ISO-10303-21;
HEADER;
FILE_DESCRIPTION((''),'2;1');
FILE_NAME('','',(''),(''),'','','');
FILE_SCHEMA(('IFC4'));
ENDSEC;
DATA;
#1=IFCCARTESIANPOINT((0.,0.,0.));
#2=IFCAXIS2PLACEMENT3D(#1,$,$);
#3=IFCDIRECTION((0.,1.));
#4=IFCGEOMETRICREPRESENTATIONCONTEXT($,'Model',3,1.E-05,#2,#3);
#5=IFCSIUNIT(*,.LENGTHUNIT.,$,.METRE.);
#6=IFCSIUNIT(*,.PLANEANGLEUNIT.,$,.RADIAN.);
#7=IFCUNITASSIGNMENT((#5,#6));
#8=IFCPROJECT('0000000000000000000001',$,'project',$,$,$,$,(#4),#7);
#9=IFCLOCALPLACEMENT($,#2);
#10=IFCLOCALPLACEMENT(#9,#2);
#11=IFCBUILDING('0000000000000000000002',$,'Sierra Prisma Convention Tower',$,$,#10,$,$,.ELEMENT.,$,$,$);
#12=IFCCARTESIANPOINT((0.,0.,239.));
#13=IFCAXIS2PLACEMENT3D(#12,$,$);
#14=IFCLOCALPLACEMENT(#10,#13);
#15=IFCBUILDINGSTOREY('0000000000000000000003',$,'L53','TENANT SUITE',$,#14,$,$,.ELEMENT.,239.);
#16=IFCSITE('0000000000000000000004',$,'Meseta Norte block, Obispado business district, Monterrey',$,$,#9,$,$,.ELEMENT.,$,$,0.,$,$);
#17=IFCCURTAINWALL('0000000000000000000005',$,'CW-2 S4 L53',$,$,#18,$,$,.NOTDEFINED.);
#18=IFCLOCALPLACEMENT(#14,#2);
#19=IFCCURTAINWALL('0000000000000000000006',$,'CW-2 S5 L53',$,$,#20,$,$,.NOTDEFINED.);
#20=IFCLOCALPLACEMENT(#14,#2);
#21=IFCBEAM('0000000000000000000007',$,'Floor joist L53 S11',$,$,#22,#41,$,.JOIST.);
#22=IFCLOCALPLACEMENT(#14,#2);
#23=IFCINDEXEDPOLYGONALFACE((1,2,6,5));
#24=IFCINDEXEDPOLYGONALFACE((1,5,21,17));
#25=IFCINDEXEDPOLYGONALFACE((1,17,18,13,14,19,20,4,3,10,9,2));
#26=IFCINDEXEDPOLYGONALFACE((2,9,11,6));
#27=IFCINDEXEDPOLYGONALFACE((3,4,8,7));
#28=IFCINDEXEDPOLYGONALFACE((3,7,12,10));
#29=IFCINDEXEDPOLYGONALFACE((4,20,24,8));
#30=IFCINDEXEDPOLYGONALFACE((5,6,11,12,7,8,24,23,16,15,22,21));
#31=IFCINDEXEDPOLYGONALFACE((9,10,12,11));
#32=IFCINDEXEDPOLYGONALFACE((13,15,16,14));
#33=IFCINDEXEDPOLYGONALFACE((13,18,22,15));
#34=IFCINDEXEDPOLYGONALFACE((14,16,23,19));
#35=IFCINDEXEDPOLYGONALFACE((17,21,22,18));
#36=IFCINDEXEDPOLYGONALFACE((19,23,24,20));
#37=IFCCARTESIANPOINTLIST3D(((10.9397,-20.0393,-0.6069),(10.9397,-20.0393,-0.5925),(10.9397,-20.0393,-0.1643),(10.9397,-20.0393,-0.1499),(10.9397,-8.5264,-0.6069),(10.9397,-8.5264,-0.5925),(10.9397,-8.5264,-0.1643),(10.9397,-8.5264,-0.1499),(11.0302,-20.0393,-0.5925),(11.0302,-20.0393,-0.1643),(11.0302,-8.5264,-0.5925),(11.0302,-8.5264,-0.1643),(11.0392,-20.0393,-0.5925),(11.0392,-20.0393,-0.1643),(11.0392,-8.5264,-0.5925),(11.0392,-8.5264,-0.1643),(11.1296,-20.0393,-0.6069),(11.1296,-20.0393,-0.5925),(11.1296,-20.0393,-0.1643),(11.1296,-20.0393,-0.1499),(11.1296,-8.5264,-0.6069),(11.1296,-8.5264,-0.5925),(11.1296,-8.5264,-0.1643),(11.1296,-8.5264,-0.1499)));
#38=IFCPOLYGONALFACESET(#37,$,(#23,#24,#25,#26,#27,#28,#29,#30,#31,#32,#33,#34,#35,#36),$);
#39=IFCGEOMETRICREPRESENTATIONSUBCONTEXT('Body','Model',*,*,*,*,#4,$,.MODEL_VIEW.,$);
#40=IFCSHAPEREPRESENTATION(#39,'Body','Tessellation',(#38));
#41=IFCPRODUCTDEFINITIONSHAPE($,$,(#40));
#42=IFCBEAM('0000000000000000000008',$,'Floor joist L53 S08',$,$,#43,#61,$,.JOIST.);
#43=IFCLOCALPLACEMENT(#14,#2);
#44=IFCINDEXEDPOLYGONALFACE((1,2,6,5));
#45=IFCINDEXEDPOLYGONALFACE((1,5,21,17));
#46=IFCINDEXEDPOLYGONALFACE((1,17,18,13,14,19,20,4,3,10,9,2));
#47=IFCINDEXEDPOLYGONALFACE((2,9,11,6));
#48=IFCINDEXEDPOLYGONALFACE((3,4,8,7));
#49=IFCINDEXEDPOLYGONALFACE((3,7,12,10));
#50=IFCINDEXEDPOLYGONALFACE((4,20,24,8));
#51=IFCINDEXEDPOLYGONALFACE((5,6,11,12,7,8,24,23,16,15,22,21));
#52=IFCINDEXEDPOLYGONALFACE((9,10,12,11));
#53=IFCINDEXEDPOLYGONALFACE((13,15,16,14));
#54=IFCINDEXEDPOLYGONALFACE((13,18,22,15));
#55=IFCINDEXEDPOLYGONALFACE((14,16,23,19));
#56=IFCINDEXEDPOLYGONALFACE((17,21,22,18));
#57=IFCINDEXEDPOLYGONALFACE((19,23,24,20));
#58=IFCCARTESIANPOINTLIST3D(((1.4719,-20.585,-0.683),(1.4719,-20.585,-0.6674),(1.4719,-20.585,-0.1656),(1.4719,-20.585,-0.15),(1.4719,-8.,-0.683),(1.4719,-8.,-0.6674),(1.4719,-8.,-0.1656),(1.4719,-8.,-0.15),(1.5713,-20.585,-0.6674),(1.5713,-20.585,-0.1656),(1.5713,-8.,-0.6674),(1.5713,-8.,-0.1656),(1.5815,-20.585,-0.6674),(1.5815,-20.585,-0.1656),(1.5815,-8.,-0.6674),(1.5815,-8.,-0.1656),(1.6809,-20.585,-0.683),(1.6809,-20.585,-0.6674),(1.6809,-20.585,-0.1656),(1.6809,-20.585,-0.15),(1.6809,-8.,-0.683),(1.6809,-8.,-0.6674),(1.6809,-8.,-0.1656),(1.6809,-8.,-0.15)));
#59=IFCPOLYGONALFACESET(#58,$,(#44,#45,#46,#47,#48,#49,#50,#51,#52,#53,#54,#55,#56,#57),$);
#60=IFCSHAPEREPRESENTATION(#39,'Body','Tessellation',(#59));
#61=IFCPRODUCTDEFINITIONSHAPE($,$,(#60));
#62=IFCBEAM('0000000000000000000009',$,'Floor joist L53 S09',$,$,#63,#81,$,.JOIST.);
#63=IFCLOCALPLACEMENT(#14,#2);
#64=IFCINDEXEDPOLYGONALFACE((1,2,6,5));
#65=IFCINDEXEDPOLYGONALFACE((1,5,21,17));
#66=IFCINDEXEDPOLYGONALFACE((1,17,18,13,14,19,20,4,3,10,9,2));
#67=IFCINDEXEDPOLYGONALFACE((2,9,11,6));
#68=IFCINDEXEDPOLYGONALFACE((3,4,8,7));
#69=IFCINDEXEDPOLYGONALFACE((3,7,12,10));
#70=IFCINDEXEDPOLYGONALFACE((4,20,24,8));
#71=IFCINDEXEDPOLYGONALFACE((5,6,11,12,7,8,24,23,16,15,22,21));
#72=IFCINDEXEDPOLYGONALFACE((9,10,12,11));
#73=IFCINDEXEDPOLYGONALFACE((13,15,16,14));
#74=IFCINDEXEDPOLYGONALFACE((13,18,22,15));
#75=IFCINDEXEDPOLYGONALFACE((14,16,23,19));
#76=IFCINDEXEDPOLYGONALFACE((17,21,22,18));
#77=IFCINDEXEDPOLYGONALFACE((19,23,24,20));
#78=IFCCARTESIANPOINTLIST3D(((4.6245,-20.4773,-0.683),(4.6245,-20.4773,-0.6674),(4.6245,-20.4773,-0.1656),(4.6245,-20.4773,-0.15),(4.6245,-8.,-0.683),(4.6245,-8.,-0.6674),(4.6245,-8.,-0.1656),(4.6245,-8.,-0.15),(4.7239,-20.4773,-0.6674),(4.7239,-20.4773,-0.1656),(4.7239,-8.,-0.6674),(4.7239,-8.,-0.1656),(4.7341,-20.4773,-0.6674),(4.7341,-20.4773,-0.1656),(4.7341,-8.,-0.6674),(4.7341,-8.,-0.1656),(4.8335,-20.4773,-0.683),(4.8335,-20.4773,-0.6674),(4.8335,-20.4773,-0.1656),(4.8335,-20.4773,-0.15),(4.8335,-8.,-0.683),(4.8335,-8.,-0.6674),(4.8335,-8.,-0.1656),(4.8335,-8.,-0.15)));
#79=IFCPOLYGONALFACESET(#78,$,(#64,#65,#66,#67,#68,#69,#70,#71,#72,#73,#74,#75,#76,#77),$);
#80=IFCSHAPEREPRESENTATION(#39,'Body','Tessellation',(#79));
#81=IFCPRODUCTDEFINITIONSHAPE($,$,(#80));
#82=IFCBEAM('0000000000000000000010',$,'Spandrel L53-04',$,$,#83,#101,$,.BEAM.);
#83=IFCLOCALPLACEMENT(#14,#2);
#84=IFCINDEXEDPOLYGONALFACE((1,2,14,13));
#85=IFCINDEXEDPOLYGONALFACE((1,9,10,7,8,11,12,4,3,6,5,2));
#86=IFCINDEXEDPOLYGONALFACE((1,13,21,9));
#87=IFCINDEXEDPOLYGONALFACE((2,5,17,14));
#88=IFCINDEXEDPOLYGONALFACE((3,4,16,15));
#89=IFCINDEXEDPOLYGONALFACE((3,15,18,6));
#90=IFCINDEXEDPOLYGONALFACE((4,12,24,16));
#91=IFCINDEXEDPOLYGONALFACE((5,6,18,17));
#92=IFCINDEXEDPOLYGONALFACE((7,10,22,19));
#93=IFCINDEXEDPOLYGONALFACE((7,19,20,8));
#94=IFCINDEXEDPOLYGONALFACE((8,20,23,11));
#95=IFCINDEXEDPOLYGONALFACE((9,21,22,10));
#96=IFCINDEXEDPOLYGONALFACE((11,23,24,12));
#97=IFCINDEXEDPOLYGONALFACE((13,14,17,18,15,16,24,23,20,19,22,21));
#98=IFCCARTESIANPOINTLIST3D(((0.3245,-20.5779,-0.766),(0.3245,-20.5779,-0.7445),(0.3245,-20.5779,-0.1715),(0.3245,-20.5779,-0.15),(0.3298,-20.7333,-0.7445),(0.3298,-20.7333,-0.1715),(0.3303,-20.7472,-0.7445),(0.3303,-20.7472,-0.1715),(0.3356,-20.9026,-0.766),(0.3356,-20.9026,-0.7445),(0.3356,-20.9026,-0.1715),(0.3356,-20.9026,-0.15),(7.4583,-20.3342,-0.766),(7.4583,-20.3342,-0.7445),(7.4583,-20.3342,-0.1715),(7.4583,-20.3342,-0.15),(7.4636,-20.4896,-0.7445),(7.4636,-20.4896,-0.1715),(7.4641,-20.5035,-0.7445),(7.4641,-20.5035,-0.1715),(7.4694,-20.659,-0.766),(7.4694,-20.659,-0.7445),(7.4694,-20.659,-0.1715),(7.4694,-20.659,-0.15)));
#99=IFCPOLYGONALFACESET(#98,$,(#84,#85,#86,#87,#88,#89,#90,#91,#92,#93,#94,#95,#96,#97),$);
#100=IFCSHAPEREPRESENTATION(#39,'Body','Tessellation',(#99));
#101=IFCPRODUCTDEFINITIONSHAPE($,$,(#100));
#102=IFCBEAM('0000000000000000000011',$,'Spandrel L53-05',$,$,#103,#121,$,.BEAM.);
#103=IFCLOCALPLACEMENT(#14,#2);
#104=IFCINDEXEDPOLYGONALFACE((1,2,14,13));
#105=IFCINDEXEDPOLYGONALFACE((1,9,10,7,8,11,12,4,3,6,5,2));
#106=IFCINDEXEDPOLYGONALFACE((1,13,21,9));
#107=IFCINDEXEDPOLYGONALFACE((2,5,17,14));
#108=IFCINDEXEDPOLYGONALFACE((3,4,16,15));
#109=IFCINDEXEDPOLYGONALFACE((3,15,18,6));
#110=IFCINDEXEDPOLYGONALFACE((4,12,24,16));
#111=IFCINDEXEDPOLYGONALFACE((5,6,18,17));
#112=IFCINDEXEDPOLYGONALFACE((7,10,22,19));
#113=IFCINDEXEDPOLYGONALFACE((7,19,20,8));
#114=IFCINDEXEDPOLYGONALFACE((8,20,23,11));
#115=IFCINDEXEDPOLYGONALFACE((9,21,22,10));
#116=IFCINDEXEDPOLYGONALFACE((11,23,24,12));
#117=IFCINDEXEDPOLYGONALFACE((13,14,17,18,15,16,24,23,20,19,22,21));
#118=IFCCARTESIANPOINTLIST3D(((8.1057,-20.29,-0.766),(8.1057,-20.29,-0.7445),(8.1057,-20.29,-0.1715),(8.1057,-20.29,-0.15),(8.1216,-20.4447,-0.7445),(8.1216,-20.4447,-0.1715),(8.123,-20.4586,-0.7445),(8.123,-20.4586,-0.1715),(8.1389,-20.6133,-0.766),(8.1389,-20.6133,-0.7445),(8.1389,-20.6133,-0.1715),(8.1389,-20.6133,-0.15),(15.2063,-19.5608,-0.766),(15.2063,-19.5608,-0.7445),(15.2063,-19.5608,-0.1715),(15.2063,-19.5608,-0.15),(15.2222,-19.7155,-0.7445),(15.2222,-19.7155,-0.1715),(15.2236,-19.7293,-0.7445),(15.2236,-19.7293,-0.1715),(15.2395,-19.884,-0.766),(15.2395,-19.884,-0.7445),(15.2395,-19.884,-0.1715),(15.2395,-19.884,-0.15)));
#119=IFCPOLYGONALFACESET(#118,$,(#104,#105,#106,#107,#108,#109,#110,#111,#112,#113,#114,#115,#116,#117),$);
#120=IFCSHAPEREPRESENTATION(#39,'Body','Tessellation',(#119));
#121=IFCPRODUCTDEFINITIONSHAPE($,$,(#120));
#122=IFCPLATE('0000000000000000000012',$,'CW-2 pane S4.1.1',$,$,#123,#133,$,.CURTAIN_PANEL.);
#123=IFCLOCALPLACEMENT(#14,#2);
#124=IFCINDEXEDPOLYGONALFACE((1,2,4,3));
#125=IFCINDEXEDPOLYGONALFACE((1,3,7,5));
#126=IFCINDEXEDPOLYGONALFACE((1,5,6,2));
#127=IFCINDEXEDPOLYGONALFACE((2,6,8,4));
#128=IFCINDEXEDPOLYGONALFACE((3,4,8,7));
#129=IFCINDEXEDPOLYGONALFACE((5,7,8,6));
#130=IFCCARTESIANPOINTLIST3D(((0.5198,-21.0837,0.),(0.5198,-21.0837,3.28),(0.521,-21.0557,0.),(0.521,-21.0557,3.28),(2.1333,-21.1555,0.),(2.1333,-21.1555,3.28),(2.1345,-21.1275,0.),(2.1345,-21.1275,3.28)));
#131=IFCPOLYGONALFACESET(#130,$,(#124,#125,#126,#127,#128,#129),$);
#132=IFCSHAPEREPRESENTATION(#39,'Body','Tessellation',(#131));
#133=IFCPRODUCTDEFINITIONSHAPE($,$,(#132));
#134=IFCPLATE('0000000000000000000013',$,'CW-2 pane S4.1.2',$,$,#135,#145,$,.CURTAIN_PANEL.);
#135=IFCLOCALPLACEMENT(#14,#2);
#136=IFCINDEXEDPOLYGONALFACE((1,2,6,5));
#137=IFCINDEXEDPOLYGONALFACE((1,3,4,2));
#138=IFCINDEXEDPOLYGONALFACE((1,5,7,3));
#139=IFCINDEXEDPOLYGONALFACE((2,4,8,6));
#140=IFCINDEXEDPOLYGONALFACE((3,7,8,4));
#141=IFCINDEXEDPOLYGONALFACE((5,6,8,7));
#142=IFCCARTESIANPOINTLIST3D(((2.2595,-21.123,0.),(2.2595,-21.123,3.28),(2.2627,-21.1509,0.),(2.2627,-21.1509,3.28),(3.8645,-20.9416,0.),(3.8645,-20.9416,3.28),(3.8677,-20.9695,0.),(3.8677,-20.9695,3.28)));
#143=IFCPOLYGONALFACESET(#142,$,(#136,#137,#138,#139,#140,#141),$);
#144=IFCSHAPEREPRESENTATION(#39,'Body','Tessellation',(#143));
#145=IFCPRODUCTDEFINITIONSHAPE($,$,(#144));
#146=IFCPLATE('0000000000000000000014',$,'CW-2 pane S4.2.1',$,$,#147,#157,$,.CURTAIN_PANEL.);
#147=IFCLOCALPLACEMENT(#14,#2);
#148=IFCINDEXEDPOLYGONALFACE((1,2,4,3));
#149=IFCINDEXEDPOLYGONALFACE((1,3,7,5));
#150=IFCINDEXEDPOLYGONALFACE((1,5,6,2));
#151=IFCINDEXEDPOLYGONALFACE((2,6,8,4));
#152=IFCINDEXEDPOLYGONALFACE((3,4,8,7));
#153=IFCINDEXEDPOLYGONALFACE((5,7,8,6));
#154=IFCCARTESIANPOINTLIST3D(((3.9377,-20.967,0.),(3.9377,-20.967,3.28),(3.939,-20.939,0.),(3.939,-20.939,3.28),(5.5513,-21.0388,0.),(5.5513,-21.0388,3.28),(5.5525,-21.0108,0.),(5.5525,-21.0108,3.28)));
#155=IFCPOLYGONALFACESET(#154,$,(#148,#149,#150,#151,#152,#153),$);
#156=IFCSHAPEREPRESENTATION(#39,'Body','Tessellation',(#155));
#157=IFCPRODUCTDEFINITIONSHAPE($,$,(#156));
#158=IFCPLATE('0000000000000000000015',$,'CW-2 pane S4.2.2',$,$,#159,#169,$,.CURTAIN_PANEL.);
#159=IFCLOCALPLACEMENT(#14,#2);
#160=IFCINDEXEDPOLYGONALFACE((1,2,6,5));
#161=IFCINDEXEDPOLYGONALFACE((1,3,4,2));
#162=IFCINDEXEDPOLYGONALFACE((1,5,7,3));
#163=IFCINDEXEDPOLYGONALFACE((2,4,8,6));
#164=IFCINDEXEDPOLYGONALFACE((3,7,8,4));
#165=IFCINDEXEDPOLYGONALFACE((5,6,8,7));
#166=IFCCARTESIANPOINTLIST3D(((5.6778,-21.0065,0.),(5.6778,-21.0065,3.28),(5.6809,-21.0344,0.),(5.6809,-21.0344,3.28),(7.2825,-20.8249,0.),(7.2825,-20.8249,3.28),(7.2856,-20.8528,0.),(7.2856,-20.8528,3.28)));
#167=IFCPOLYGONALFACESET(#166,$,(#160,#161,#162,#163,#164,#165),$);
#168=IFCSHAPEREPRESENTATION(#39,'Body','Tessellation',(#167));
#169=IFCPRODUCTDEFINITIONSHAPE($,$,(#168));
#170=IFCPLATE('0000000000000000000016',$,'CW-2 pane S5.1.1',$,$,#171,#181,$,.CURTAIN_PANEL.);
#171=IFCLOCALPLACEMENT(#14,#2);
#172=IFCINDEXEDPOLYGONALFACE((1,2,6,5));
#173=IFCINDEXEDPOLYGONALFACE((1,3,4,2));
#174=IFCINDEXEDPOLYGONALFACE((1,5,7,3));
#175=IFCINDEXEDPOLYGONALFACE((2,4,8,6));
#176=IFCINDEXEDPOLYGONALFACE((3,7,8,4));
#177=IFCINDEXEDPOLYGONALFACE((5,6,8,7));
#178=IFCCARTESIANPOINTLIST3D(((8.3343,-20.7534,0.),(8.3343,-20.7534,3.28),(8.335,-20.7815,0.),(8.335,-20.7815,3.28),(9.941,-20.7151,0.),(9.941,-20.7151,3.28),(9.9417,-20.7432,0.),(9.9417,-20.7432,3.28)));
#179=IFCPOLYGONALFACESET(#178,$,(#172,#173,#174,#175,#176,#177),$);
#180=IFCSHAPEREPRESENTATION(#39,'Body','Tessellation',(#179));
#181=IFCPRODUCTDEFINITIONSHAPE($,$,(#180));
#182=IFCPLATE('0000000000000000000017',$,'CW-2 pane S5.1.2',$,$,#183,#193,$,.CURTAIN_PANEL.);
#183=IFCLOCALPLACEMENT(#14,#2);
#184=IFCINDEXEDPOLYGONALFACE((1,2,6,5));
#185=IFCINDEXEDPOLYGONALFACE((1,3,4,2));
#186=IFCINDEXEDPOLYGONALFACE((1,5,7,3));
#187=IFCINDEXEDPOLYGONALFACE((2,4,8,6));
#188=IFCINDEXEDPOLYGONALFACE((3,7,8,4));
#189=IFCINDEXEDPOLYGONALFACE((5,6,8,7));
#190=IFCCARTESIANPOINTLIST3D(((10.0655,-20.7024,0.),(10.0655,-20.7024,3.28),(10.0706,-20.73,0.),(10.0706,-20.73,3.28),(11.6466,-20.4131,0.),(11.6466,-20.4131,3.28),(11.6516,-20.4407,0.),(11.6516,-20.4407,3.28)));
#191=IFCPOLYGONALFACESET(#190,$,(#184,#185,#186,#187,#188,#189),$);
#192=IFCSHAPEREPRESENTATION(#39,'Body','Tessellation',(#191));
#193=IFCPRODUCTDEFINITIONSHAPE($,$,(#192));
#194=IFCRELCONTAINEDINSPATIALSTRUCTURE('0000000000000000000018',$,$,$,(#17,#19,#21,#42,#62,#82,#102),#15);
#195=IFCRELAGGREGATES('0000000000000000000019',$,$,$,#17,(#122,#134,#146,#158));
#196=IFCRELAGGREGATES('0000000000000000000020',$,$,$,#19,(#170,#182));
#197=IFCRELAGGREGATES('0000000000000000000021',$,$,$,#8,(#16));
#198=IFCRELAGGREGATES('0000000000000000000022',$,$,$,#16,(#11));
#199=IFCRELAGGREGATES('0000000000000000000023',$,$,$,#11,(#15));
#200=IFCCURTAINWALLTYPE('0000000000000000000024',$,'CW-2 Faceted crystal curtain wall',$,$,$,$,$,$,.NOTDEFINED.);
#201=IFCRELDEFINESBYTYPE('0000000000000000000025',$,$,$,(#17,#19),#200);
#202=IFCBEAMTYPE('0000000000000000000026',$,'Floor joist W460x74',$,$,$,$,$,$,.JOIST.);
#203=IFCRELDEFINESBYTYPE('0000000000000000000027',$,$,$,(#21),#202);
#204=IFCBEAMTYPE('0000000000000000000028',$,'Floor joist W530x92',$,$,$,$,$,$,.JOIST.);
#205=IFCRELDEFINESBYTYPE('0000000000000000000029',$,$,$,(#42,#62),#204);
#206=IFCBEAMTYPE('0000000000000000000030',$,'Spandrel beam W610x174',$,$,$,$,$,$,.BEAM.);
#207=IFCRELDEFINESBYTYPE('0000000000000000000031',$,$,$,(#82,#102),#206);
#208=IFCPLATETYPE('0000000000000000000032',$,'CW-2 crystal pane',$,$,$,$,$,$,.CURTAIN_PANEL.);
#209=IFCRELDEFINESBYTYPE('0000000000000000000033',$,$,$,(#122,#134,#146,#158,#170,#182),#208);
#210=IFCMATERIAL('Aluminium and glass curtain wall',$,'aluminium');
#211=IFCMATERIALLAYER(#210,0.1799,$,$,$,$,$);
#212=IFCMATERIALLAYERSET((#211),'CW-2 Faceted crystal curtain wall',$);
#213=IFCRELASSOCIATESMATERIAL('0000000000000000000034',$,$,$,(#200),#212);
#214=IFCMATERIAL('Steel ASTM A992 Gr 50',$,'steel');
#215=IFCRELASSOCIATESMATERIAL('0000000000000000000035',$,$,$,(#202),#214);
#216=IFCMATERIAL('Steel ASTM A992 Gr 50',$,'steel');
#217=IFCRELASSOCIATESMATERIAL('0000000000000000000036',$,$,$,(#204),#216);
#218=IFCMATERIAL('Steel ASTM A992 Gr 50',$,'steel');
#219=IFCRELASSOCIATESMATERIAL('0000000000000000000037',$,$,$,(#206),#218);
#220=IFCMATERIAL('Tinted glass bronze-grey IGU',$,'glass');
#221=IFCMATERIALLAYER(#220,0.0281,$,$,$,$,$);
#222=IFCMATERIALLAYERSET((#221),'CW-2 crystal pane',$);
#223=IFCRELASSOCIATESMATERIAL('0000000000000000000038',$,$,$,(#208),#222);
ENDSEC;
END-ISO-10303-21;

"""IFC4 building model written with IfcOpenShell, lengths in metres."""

from ifc_helpers import new_model, si_unit, direction, frame, origin, origin_2d, place, context, subcontext, project, spatial, polyline, i_section, outline, extrude, material, layer, layer_set, material_profile, profile_set, type_object, element, aggregate, save


model = new_model("IFC4")

# Units and contexts
model_context = context("Model", 3, precision=1e-05, world=origin(), true_north=direction((0.0, 1.0)))
body_context = subcontext(model_context, "Body", "Model", "MODEL_VIEW")
ifc_project = project(units=[si_unit("LENGTHUNIT", "METRE"), si_unit("PLANEANGLEUNIT", "RADIAN")], contexts=[model_context])

# Site, building, storey
site_placement = place(None, origin())
site = spatial("IfcSite", under=ifc_project, at=site_placement, Name="Meseta Norte block, Obispado business district, Monterrey", CompositionType="ELEMENT", RefElevation=0.0)
building_placement = place(site_placement, origin())
building = spatial("IfcBuilding", under=site, at=building_placement, Name="Sierra Prisma Convention Tower", CompositionType="ELEMENT")
storey_placement = place(building_placement, frame((0.0, 0.0, 239.0)))
storey = spatial("IfcBuildingStorey", under=building, at=storey_placement, Name="L53", Description="TENANT SUITE", CompositionType="ELEMENT", Elevation=239.0)

# Curtain walls
ifc_material_1 = material(Name="Aluminium and glass curtain wall", Category="aluminium")
ifc_layer_1 = layer(ifc_material_1, 0.1799)
ifc_layer_set_1 = layer_set([ifc_layer_1], Name="CW-2 Faceted crystal curtain wall")
curtain_wall_type = type_object("IfcCurtainWallType", Name="CW-2 Faceted crystal curtain wall", PredefinedType="NOTDEFINED", material=ifc_layer_set_1)
curtain_wall_1_placement = place(storey_placement, origin())
curtain_wall_1 = element("IfcCurtainWall", 1, at=curtain_wall_1_placement, inside=storey, type_object=curtain_wall_type, Name="CW-2 S4 L53", PredefinedType="NOTDEFINED")
curtain_wall_2_placement = place(storey_placement, origin())
curtain_wall_2 = element("IfcCurtainWall", 2, at=curtain_wall_2_placement, inside=storey, type_object=curtain_wall_type, Name="CW-2 S5 L53", PredefinedType="NOTDEFINED")

# Beams
ifc_material_2 = material(Name="Steel ASTM A992 Gr 50", Category="steel")
ifc_material_profile_1 = material_profile(ifc_material_2, i_section(OverallWidth=0.1899, OverallDepth=0.457, WebThickness=0.009, FlangeThickness=0.0144, at=origin_2d()), Name="W460x74")
ifc_profile_set_1 = profile_set([ifc_material_profile_1], Name="Steel ASTM A992 Gr 50")
beam_type_1 = type_object("IfcBeamType", Name="Floor joist W460x74", PredefinedType="JOIST", material=ifc_profile_set_1)
beam_1_placement = place(storey_placement, frame((11.0347, -20.0393, -0.3784), z_axis=(0.0, 1.0, 0.0), x_axis=(-1.0, 0.0, 0.0)))
element("IfcBeam", 3, at=beam_1_placement, inside=storey, type_object=beam_type_1, Name="Floor joist L53 S11", PredefinedType="JOIST", context=body_context, shape_type="SweptSolid", body=[
    extrude(i_section(OverallWidth=0.1899, OverallDepth=0.457, WebThickness=0.009, FlangeThickness=0.0144, at=origin_2d()), origin(), (0.0, 0.0, 1.0), 11.5129),
])
ifc_material_3 = material(Name="Steel ASTM A992 Gr 50", Category="steel")
ifc_material_profile_2 = material_profile(ifc_material_3, i_section(OverallWidth=0.209, OverallDepth=0.533, WebThickness=0.0103, FlangeThickness=0.0156, at=origin_2d()), Name="W530x92")
ifc_profile_set_2 = profile_set([ifc_material_profile_2], Name="Steel ASTM A992 Gr 50")
beam_type_2 = type_object("IfcBeamType", Name="Floor joist W530x92", PredefinedType="JOIST", material=ifc_profile_set_2)
beam_2_placement = place(storey_placement, frame((1.5764, -20.585, -0.4165), z_axis=(0.0, 1.0, 0.0), x_axis=(-1.0, 0.0, 0.0)))
element("IfcBeam", 4, at=beam_2_placement, inside=storey, type_object=beam_type_2, Name="Floor joist L53 S08", PredefinedType="JOIST", context=body_context, shape_type="SweptSolid", body=[
    extrude(i_section(OverallWidth=0.209, OverallDepth=0.533, WebThickness=0.0103, FlangeThickness=0.0156, at=origin_2d()), origin(), (0.0, 0.0, 1.0), 12.585),
])
beam_3_placement = place(storey_placement, frame((4.729, -20.4773, -0.4165), z_axis=(0.0, 1.0, 0.0), x_axis=(-1.0, 0.0, 0.0)))
element("IfcBeam", 5, at=beam_3_placement, inside=storey, type_object=beam_type_2, Name="Floor joist L53 S09", PredefinedType="JOIST", context=body_context, shape_type="SweptSolid", body=[
    extrude(i_section(OverallWidth=0.209, OverallDepth=0.533, WebThickness=0.0103, FlangeThickness=0.0156, at=origin_2d()), origin(), (0.0, 0.0, 1.0), 12.4773),
])
ifc_material_4 = material(Name="Steel ASTM A992 Gr 50", Category="steel")
ifc_material_profile_3 = material_profile(ifc_material_4, i_section(OverallWidth=0.325, OverallDepth=0.616, WebThickness=0.0139, FlangeThickness=0.0215, at=origin_2d()), Name="W610x174")
ifc_profile_set_3 = profile_set([ifc_material_profile_3], Name="Steel ASTM A992 Gr 50")
beam_type_3 = type_object("IfcBeamType", Name="Spandrel beam W610x174", PredefinedType="BEAM", material=ifc_profile_set_3)
for number, where, z_axis, x_axis, name in (
    (6, (0.3301, -20.7402, -0.458), (0.999417, 0.034135, 0.0), (-0.034135, 0.999417, 0.0), "Spandrel L53-04"),
    (7, (8.1223, -20.4517, -0.458), (0.994767, 0.102165, 0.0), (-0.102165, 0.994767, 0.0), "Spandrel L53-05"),
):
    element("IfcBeam", number, at=place(storey_placement, frame(where, z_axis=z_axis, x_axis=x_axis)), inside=storey, type_object=beam_type_3, Name=name, PredefinedType="BEAM", context=body_context, shape_type="SweptSolid", body=[
        extrude(i_section(OverallWidth=0.325, OverallDepth=0.616, WebThickness=0.0139, FlangeThickness=0.0215, at=origin_2d()), origin(), (0.0, 0.0, 1.0), 7.1379),
    ])

# Plates
ifc_material_5 = material(Name="Tinted glass bronze-grey IGU", Category="glass")
ifc_layer_2 = layer(ifc_material_5, 0.0281)
ifc_layer_set_2 = layer_set([ifc_layer_2], Name="CW-2 crystal pane")
plate_type = type_object("IfcPlateType", Name="CW-2 crystal pane", PredefinedType="CURTAIN_PANEL", material=ifc_layer_set_2)
plate_1_placement = place(storey_placement, frame((0.5198, -21.0837, 0.0), z_axis=(-0.044441, -0.999012, 0.0), x_axis=(0.999012, -0.044441, 0.0)))
plate_1 = element("IfcPlate", 8, at=plate_1_placement, type_object=plate_type, Name="CW-2 pane S4.1.1", PredefinedType="CURTAIN_PANEL", context=body_context, shape_type="SweptSolid", body=[
    extrude(outline(polyline([(0.0, 0.0), (1.6151, 0.0), (1.6151, 3.28), (0.0, 3.28), (0.0, 0.0)])), origin(), (0.0, 0.0, -1.0), 0.0281),
])
plate_2_placement = place(storey_placement, frame((3.8677, -20.9695, 0.0), z_axis=(0.112306, -0.993674, 0.0), x_axis=(-0.993674, -0.112306, 0.0)))
plate_2 = element("IfcPlate", 9, at=plate_2_placement, type_object=plate_type, Name="CW-2 pane S4.1.2", PredefinedType="CURTAIN_PANEL", context=body_context, shape_type="SweptSolid", body=[
    extrude(outline(polyline([(0.0, 0.0), (1.6152, 0.0), (1.6152, -3.28), (0.0, -3.28), (0.0, 0.0)])), origin(), (0.0, 0.0, -1.0), 0.0281),
])
plate_3_placement = place(storey_placement, frame((3.9377, -20.967, 0.0), z_axis=(-0.044441, -0.999012, 0.0), x_axis=(0.999012, -0.044441, 0.0)))
plate_3 = element("IfcPlate", 10, at=plate_3_placement, type_object=plate_type, Name="CW-2 pane S4.2.1", PredefinedType="CURTAIN_PANEL", context=body_context, shape_type="SweptSolid", body=[
    extrude(outline(polyline([(0.0, 0.0), (1.6151, 0.0), (1.6151, 3.28), (0.0, 3.28), (0.0, 0.0)])), origin(), (0.0, 0.0, -1.0), 0.0281),
])
plate_4_placement = place(storey_placement, frame((7.2856, -20.8528, 0.0), z_axis=(0.112472, -0.993655, 0.0), x_axis=(-0.993655, -0.112472, 0.0)))
plate_4 = element("IfcPlate", 11, at=plate_4_placement, type_object=plate_type, Name="CW-2 pane S4.2.2", PredefinedType="CURTAIN_PANEL", context=body_context, shape_type="SweptSolid", body=[
    extrude(outline(polyline([(0.0, 0.0), (1.615, 0.0), (1.615, -3.28), (0.0, -3.28), (0.0, 0.0)])), origin(), (0.0, 0.0, -1.0), 0.0281),
])
aggregate(curtain_wall_1, [plate_1, plate_2, plate_3, plate_4])
plate_5_placement = place(storey_placement, frame((8.335, -20.7815, 0.0), z_axis=(0.02385, -0.999716, 0.0), x_axis=(0.999716, 0.02385, 0.0)))
plate_5 = element("IfcPlate", 12, at=plate_5_placement, type_object=plate_type, Name="CW-2 pane S5.1.1", PredefinedType="CURTAIN_PANEL", context=body_context, shape_type="SweptSolid", body=[
    extrude(outline(polyline([(0.0, 0.0), (1.6071, 0.0), (1.6071, 3.28), (0.0, 3.28), (0.0, 0.0)])), origin(), (0.0, 0.0, -1.0), 0.0281),
])
plate_6_placement = place(storey_placement, frame((11.6516, -20.4407, 0.0), z_axis=(0.179995, -0.983668, 0.0), x_axis=(-0.983668, -0.179995, 0.0)))
plate_6 = element("IfcPlate", 13, at=plate_6_placement, type_object=plate_type, Name="CW-2 pane S5.1.2", PredefinedType="CURTAIN_PANEL", context=body_context, shape_type="SweptSolid", body=[
    extrude(outline(polyline([(0.0, 0.0), (1.6073, 0.0), (1.6073, -3.28), (0.0, -3.28), (0.0, 0.0)])), origin(), (0.0, 0.0, -1.0), 0.0281),
])
aggregate(curtain_wall_2, [plate_5, plate_6])

save(model, "model.ifc")
